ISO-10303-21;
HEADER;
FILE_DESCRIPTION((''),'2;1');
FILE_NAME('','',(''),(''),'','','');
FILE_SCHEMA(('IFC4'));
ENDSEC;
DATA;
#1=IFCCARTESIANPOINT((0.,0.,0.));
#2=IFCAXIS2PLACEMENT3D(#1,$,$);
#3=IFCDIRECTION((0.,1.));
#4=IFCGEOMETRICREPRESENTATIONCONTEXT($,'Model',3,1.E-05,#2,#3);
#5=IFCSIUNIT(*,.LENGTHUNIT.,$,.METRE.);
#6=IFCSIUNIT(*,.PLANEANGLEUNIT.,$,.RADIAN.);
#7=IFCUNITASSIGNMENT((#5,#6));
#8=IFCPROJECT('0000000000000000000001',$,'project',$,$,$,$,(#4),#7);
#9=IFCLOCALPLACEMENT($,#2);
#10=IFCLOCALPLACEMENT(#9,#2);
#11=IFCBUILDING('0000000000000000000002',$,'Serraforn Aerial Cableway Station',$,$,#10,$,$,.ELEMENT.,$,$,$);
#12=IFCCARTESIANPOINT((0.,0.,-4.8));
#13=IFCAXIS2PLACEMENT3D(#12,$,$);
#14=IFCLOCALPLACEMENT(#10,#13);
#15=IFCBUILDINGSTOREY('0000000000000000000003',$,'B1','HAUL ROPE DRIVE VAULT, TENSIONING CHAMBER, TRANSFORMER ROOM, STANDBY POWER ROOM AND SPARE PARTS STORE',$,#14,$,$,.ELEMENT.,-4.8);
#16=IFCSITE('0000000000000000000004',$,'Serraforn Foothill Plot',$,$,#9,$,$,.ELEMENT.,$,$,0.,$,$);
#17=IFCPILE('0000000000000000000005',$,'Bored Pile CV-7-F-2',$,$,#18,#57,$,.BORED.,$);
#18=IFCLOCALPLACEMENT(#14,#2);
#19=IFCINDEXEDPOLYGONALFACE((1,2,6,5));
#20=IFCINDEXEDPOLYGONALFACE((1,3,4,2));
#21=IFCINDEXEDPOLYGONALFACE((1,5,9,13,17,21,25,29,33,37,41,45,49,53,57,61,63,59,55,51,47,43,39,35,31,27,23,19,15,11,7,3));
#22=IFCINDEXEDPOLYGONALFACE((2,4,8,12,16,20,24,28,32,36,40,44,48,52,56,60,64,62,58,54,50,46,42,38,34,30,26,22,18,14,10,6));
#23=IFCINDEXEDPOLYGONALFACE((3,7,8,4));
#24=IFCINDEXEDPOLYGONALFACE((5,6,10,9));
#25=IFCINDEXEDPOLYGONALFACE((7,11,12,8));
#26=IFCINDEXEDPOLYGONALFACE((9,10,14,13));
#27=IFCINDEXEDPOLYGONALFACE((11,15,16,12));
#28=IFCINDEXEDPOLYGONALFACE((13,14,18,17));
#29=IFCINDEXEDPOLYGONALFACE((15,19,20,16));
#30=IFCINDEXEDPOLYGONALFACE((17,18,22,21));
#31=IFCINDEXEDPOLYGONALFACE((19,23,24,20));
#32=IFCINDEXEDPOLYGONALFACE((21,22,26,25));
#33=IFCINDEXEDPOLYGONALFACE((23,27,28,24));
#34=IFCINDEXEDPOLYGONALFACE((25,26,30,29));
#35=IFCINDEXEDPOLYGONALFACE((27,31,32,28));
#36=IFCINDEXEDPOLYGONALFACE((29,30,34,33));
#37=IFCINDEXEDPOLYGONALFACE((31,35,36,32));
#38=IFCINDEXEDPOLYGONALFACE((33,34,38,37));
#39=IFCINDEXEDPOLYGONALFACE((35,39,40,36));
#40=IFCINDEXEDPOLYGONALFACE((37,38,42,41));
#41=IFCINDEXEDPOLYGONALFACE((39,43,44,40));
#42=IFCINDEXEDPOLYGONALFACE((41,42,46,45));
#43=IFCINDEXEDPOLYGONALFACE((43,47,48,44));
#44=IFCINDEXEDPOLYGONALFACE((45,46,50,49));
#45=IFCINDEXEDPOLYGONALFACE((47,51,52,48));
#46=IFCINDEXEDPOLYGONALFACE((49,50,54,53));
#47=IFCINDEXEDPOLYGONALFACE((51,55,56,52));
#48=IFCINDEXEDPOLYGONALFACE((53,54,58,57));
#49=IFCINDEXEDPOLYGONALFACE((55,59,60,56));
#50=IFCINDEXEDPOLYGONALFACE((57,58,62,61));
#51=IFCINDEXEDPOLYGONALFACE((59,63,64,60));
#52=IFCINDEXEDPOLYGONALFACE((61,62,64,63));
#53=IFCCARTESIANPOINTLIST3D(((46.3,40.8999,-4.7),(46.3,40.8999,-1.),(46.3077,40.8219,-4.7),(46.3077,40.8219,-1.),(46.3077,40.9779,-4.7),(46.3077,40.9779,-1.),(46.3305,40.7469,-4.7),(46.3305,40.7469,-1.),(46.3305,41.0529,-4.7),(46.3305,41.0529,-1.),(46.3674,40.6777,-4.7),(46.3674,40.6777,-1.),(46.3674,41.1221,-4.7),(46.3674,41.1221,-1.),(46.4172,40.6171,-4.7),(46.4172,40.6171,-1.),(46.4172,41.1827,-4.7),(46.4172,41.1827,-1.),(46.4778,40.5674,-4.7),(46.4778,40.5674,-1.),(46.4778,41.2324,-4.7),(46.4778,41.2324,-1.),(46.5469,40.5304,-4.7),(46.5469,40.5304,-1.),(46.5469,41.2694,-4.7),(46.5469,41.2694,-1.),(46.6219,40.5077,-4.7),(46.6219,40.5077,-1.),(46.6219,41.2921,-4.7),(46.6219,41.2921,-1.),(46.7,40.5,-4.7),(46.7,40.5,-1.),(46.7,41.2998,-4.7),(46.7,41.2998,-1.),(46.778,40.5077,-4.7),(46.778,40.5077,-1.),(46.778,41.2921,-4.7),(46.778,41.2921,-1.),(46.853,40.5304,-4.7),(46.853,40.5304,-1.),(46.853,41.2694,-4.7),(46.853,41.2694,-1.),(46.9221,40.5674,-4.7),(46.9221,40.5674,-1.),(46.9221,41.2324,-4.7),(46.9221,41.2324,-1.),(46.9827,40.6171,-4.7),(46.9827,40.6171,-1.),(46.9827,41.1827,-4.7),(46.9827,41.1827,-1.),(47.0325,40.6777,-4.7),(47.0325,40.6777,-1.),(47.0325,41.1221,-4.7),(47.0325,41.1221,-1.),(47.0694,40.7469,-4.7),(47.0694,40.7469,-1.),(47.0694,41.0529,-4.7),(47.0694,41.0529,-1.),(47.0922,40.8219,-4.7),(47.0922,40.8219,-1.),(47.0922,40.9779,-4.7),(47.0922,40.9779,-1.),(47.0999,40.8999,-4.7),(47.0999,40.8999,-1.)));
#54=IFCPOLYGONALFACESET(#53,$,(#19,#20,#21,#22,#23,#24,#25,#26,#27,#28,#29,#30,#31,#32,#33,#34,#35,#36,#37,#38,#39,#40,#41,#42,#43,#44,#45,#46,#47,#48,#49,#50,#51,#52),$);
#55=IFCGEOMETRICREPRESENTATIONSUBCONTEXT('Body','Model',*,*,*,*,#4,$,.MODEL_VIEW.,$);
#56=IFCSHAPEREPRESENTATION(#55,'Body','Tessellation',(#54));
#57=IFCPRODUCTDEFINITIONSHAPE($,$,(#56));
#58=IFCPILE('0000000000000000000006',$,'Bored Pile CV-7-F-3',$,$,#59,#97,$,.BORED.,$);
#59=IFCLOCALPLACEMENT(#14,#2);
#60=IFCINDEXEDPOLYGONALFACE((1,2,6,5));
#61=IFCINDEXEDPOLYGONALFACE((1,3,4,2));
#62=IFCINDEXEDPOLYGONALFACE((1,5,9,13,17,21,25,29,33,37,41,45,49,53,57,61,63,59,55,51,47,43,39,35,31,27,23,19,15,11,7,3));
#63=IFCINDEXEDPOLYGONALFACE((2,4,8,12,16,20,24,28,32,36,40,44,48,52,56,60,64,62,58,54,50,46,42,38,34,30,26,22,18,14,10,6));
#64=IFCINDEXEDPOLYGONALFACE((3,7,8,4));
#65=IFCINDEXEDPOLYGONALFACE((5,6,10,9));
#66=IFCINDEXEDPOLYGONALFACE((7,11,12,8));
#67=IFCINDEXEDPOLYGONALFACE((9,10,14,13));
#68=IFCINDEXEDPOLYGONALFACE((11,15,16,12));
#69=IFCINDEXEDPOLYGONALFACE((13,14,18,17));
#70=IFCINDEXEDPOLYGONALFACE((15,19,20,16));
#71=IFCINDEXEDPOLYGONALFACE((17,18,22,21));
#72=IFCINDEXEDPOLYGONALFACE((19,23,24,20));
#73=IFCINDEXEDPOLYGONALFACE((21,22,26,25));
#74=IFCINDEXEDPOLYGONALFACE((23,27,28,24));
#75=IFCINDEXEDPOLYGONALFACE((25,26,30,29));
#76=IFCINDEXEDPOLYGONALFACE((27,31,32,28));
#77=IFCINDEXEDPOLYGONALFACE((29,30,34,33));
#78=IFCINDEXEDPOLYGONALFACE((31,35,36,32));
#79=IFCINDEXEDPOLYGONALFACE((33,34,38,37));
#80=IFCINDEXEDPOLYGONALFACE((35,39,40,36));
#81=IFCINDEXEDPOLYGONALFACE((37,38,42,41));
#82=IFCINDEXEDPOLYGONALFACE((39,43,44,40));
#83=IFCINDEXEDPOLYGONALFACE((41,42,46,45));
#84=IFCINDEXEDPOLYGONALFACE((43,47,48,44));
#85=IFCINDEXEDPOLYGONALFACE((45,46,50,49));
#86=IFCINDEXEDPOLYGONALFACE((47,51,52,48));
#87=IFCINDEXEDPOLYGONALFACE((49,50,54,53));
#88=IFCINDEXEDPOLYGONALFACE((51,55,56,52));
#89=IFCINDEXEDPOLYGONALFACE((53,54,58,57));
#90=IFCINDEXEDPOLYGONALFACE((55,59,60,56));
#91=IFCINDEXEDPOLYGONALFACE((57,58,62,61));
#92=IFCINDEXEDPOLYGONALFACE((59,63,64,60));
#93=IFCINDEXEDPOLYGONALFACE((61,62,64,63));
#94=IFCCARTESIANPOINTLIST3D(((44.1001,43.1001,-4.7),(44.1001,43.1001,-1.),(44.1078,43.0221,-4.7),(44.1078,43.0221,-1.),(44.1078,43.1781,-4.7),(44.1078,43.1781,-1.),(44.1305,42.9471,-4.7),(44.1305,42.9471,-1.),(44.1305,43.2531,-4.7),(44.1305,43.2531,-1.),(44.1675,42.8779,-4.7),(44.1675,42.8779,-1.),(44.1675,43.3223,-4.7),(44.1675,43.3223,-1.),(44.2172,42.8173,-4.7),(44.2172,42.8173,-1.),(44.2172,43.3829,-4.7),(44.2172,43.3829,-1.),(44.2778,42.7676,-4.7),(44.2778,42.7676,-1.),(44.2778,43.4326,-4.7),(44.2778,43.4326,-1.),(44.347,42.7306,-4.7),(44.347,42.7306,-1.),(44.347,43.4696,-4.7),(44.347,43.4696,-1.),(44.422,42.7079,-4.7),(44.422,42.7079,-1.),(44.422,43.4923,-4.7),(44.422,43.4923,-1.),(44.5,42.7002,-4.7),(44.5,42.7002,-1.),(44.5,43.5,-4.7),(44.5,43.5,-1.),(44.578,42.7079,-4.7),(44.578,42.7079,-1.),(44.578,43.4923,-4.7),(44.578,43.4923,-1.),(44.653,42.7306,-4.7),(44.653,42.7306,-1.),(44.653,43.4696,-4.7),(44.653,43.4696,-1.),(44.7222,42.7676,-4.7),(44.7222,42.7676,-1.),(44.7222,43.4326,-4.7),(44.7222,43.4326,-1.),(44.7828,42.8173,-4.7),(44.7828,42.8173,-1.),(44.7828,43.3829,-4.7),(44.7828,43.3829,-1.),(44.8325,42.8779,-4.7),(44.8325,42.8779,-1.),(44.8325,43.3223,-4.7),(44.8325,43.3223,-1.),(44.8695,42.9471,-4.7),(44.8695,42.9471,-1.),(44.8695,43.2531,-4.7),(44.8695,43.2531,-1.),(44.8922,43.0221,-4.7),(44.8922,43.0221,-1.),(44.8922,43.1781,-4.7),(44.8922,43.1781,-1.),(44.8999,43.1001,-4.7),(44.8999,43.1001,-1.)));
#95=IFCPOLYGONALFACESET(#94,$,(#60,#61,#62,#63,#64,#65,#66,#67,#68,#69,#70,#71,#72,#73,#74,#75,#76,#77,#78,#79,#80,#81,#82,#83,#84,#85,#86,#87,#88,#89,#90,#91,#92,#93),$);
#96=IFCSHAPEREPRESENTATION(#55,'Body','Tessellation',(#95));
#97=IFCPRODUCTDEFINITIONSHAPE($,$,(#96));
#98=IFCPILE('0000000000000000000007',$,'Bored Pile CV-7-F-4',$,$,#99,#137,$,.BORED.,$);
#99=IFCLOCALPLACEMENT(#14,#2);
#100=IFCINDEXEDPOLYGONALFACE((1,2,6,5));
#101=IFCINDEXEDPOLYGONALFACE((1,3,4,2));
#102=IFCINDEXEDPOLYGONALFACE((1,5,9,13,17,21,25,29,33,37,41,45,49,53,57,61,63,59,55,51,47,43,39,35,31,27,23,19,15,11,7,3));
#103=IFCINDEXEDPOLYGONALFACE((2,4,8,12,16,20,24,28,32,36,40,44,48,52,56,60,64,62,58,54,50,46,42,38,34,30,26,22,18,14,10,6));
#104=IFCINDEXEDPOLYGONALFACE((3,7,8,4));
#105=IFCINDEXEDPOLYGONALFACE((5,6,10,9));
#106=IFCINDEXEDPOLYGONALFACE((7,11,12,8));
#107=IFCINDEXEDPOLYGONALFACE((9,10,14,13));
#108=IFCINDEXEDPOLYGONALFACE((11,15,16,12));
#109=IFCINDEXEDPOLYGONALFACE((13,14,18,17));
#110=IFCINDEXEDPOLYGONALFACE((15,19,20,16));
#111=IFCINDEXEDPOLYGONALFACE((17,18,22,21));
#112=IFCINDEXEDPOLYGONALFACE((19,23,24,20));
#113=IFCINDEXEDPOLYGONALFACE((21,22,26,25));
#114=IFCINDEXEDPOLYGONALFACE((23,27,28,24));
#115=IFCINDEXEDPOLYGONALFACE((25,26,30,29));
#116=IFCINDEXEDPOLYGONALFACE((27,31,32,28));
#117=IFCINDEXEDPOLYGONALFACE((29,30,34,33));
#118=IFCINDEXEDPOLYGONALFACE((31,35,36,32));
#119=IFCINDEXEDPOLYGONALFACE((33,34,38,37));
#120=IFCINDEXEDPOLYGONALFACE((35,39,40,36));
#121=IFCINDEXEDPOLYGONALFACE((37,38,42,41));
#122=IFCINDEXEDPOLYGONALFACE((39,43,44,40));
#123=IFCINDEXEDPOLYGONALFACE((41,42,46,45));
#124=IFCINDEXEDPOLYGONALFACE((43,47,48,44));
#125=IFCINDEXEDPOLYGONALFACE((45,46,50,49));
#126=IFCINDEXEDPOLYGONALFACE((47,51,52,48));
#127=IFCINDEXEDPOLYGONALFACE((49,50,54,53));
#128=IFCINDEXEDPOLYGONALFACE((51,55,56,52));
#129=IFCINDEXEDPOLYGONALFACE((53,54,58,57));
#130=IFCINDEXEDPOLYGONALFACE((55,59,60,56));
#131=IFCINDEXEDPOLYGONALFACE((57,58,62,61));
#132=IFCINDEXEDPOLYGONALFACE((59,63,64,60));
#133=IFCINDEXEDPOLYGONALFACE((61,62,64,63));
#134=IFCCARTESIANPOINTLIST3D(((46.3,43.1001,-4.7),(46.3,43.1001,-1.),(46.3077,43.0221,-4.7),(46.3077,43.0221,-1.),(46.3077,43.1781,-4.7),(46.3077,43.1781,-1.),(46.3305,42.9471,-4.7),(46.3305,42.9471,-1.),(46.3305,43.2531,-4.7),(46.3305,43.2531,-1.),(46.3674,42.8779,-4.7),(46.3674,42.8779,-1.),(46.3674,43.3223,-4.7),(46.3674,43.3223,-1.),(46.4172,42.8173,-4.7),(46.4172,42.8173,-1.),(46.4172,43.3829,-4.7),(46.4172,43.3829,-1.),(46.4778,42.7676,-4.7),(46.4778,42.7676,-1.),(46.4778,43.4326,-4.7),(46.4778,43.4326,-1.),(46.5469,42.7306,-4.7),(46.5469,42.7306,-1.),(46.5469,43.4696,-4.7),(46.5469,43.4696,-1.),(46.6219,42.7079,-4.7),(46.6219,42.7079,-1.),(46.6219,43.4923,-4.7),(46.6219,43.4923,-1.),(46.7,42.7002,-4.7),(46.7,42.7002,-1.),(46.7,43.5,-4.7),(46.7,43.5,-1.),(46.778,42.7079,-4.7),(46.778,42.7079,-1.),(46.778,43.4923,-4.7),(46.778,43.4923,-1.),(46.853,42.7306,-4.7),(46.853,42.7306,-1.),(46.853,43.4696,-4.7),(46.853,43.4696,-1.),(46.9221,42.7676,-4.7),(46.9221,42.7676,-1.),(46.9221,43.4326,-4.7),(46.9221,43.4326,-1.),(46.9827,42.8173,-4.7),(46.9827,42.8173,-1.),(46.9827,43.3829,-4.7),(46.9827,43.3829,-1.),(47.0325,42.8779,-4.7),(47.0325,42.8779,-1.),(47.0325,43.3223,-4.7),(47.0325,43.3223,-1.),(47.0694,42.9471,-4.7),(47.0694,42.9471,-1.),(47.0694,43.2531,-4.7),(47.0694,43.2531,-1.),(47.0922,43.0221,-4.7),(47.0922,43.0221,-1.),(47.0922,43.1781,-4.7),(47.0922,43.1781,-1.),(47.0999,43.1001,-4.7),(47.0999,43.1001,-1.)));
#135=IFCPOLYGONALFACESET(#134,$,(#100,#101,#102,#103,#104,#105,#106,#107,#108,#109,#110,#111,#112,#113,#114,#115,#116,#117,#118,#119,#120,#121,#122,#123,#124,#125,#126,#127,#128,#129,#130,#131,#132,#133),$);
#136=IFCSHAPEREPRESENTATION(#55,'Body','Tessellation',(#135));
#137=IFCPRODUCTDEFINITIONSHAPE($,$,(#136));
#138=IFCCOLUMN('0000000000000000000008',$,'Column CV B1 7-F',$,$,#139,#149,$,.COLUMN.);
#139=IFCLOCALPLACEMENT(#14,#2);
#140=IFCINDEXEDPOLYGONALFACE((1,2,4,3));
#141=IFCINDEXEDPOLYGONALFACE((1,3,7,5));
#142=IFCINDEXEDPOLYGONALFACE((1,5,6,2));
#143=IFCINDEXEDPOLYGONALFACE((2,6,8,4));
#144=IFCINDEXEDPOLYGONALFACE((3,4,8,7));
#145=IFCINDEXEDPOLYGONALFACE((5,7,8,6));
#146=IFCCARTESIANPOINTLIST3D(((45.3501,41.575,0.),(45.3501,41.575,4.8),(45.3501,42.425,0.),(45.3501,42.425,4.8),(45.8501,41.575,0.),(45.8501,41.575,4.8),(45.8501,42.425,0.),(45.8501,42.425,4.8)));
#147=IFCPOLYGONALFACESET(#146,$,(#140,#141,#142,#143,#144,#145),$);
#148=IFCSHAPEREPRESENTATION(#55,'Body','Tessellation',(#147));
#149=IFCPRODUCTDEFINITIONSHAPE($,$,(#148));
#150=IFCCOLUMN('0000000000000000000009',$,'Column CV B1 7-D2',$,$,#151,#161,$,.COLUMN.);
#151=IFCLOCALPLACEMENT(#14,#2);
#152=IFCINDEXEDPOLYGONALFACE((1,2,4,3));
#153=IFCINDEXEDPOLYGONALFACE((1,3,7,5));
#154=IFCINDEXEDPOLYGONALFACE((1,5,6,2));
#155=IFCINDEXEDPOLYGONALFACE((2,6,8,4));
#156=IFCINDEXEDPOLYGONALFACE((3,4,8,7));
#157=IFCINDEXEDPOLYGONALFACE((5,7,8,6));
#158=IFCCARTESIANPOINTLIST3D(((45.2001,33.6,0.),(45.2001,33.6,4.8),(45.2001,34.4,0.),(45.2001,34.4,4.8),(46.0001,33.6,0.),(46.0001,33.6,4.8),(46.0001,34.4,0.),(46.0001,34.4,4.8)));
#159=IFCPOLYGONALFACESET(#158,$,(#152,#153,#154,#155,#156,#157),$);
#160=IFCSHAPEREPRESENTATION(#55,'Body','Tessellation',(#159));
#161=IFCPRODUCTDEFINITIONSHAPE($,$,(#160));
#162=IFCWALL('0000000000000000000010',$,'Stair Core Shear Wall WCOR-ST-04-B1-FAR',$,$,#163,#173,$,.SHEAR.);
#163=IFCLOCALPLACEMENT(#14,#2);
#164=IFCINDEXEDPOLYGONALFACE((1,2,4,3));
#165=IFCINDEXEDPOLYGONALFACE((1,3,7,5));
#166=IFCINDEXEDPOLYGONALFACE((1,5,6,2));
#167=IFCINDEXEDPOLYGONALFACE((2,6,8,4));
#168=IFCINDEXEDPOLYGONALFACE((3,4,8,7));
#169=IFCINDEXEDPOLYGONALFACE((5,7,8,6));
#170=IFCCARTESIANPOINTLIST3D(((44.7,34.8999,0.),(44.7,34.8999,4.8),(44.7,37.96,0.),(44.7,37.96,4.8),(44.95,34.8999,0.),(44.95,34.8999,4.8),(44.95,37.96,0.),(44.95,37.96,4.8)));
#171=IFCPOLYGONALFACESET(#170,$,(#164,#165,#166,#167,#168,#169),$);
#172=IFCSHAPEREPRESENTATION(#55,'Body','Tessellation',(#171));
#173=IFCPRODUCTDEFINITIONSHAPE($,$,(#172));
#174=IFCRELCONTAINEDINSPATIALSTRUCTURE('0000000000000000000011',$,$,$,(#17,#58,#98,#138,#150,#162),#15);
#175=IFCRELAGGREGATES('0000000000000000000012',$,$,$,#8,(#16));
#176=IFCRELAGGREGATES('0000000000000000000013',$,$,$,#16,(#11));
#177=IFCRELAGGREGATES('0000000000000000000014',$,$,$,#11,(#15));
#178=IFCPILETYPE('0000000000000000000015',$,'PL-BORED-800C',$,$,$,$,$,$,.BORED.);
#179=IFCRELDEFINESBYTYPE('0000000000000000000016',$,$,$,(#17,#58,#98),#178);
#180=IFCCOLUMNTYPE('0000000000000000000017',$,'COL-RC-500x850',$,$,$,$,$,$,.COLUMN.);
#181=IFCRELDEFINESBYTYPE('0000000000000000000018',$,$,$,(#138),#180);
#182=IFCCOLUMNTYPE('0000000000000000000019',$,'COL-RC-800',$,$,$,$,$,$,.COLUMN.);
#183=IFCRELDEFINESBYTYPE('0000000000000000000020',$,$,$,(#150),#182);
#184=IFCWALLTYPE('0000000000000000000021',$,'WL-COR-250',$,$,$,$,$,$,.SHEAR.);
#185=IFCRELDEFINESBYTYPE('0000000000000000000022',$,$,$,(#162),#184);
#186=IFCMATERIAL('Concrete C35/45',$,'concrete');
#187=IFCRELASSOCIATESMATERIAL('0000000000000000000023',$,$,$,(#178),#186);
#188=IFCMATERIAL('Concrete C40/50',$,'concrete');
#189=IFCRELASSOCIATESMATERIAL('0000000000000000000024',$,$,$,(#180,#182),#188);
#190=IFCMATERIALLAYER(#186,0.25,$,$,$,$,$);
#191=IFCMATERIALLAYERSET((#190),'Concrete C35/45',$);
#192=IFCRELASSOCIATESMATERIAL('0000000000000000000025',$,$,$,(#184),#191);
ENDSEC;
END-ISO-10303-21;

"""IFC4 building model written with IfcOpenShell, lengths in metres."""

from ifc_helpers import new_model, si_unit, direction, frame, frame_2d, origin, origin_2d, place, context, subcontext, project, spatial, rectangle, circle, extrude, material, layer, layer_set, material_profile, profile_set, type_object, element, save


model = new_model("IFC4")

# Units and contexts
model_context = context("Model", 3, precision=1e-05, world=origin(), true_north=direction((0.0, 1.0)))
body_context = subcontext(model_context, "Body", "Model", "MODEL_VIEW")
ifc_project = project(units=[si_unit("LENGTHUNIT", "METRE"), si_unit("PLANEANGLEUNIT", "RADIAN")], contexts=[model_context])

# Site, building, storey
site_placement = place(None, origin())
site = spatial("IfcSite", under=ifc_project, at=site_placement, Name="Serraforn Foothill Plot", CompositionType="ELEMENT", RefElevation=0.0)
building_placement = place(site_placement, origin())
building = spatial("IfcBuilding", under=site, at=building_placement, Name="Serraforn Aerial Cableway Station", CompositionType="ELEMENT")
storey_placement = place(building_placement, frame((0.0, 0.0, -4.8)))
storey = spatial("IfcBuildingStorey", under=building, at=storey_placement, Name="B1", Description="HAUL ROPE DRIVE VAULT, TENSIONING CHAMBER, TRANSFORMER ROOM, STANDBY POWER ROOM AND SPARE PARTS STORE", CompositionType="ELEMENT", Elevation=-4.8)

# Shared definitions
ifc_material_1 = material(Name="Concrete C35/45", Category="concrete")
ifc_material_2 = material(Name="Concrete C40/50", Category="concrete")

# Piles
ifc_material_profile_1 = material_profile(ifc_material_1, circle(Radius=0.3999, at=origin_2d()), Name="BORED PILE D800")
ifc_profile_set_1 = profile_set([ifc_material_profile_1], Name="Concrete C35/45")
pile_type_1 = type_object("IfcPileType", Name="PL-BORED-800C", PredefinedType="BORED", material=ifc_profile_set_1)
for number, where, z_axis, x_axis, name in (
    (1, (46.7, 40.8999, -1.0), (0.0, 0.0, -1.0), (1.0, 0.0, 0.0), "Bored Pile CV-7-F-2"),
    (2, (44.5, 43.1001, -1.0), (0.0, 0.0, -1.0), (1.0, 0.0, 0.0), "Bored Pile CV-7-F-3"),
    (3, (46.7, 43.1001, -1.0), (0.0, 0.0, -1.0), (1.0, 0.0, 0.0), "Bored Pile CV-7-F-4"),
):
    element("IfcPile", number, at=place(storey_placement, frame(where, z_axis=z_axis, x_axis=x_axis)), inside=storey, type_object=pile_type_1, Name=name, PredefinedType="BORED", context=body_context, shape_type="SweptSolid", body=[
        extrude(circle(Radius=0.3999, at=origin_2d()), origin(), (0.0, 0.0, 1.0), 3.7),
    ])

# Columns
ifc_material_profile_2 = material_profile(ifc_material_2, rectangle(XDim=0.5, YDim=0.8501, at=origin_2d()), Name="RC 500x850")
ifc_profile_set_2 = profile_set([ifc_material_profile_2], Name="Concrete C40/50")
column_type_1 = type_object("IfcColumnType", Name="COL-RC-500x850", PredefinedType="COLUMN", material=ifc_profile_set_2)
column_1_placement = place(storey_placement, frame((45.6001, 42.0, 0.0), z_axis=(0.0, 0.0, 1.0), x_axis=(1.0, 0.0, 0.0)))
element("IfcColumn", 4, at=column_1_placement, inside=storey, type_object=column_type_1, Name="Column CV B1 7-F", PredefinedType="COLUMN", context=body_context, shape_type="SweptSolid", body=[
    extrude(rectangle(XDim=0.5, YDim=0.8501, at=origin_2d()), origin(), (0.0, 0.0, 1.0), 4.8),
])
ifc_material_profile_3 = material_profile(ifc_material_2, rectangle(XDim=0.8, YDim=0.8, at=origin_2d()), Name="RC 800x800")
ifc_profile_set_3 = profile_set([ifc_material_profile_3], Name="Concrete C40/50")
column_type_2 = type_object("IfcColumnType", Name="COL-RC-800", PredefinedType="COLUMN", material=ifc_profile_set_3)
column_2_placement = place(storey_placement, frame((45.6001, 34.0, 0.0), z_axis=(0.0, 0.0, 1.0), x_axis=(1.0, 0.0, 0.0)))
element("IfcColumn", 5, at=column_2_placement, inside=storey, type_object=column_type_2, Name="Column CV B1 7-D2", PredefinedType="COLUMN", context=body_context, shape_type="SweptSolid", body=[
    extrude(rectangle(XDim=0.8, YDim=0.8, at=origin_2d()), origin(), (0.0, 0.0, 1.0), 4.8),
])

# Wall
ifc_layer_1 = layer(ifc_material_1, 0.25)
ifc_layer_set_1 = layer_set([ifc_layer_1], Name="Concrete C35/45")
wall_type_1 = type_object("IfcWallType", Name="WL-COR-250", PredefinedType="SHEAR", material=ifc_layer_set_1)
wall_1_placement = place(storey_placement, frame((44.825, 34.8999, 0.0), z_axis=(0.0, 0.0, 1.0), x_axis=(0.0, 1.0, 0.0)))
element("IfcWall", 6, at=wall_1_placement, inside=storey, type_object=wall_type_1, Name="Stair Core Shear Wall WCOR-ST-04-B1-FAR", PredefinedType="SHEAR", context=body_context, shape_type="SweptSolid", body=[
    extrude(rectangle(XDim=3.0601, YDim=0.25, at=frame_2d((1.53, 0.0))), origin(), (0.0, 0.0, 1.0), 4.8),
])

save(model, "model.ifc")
